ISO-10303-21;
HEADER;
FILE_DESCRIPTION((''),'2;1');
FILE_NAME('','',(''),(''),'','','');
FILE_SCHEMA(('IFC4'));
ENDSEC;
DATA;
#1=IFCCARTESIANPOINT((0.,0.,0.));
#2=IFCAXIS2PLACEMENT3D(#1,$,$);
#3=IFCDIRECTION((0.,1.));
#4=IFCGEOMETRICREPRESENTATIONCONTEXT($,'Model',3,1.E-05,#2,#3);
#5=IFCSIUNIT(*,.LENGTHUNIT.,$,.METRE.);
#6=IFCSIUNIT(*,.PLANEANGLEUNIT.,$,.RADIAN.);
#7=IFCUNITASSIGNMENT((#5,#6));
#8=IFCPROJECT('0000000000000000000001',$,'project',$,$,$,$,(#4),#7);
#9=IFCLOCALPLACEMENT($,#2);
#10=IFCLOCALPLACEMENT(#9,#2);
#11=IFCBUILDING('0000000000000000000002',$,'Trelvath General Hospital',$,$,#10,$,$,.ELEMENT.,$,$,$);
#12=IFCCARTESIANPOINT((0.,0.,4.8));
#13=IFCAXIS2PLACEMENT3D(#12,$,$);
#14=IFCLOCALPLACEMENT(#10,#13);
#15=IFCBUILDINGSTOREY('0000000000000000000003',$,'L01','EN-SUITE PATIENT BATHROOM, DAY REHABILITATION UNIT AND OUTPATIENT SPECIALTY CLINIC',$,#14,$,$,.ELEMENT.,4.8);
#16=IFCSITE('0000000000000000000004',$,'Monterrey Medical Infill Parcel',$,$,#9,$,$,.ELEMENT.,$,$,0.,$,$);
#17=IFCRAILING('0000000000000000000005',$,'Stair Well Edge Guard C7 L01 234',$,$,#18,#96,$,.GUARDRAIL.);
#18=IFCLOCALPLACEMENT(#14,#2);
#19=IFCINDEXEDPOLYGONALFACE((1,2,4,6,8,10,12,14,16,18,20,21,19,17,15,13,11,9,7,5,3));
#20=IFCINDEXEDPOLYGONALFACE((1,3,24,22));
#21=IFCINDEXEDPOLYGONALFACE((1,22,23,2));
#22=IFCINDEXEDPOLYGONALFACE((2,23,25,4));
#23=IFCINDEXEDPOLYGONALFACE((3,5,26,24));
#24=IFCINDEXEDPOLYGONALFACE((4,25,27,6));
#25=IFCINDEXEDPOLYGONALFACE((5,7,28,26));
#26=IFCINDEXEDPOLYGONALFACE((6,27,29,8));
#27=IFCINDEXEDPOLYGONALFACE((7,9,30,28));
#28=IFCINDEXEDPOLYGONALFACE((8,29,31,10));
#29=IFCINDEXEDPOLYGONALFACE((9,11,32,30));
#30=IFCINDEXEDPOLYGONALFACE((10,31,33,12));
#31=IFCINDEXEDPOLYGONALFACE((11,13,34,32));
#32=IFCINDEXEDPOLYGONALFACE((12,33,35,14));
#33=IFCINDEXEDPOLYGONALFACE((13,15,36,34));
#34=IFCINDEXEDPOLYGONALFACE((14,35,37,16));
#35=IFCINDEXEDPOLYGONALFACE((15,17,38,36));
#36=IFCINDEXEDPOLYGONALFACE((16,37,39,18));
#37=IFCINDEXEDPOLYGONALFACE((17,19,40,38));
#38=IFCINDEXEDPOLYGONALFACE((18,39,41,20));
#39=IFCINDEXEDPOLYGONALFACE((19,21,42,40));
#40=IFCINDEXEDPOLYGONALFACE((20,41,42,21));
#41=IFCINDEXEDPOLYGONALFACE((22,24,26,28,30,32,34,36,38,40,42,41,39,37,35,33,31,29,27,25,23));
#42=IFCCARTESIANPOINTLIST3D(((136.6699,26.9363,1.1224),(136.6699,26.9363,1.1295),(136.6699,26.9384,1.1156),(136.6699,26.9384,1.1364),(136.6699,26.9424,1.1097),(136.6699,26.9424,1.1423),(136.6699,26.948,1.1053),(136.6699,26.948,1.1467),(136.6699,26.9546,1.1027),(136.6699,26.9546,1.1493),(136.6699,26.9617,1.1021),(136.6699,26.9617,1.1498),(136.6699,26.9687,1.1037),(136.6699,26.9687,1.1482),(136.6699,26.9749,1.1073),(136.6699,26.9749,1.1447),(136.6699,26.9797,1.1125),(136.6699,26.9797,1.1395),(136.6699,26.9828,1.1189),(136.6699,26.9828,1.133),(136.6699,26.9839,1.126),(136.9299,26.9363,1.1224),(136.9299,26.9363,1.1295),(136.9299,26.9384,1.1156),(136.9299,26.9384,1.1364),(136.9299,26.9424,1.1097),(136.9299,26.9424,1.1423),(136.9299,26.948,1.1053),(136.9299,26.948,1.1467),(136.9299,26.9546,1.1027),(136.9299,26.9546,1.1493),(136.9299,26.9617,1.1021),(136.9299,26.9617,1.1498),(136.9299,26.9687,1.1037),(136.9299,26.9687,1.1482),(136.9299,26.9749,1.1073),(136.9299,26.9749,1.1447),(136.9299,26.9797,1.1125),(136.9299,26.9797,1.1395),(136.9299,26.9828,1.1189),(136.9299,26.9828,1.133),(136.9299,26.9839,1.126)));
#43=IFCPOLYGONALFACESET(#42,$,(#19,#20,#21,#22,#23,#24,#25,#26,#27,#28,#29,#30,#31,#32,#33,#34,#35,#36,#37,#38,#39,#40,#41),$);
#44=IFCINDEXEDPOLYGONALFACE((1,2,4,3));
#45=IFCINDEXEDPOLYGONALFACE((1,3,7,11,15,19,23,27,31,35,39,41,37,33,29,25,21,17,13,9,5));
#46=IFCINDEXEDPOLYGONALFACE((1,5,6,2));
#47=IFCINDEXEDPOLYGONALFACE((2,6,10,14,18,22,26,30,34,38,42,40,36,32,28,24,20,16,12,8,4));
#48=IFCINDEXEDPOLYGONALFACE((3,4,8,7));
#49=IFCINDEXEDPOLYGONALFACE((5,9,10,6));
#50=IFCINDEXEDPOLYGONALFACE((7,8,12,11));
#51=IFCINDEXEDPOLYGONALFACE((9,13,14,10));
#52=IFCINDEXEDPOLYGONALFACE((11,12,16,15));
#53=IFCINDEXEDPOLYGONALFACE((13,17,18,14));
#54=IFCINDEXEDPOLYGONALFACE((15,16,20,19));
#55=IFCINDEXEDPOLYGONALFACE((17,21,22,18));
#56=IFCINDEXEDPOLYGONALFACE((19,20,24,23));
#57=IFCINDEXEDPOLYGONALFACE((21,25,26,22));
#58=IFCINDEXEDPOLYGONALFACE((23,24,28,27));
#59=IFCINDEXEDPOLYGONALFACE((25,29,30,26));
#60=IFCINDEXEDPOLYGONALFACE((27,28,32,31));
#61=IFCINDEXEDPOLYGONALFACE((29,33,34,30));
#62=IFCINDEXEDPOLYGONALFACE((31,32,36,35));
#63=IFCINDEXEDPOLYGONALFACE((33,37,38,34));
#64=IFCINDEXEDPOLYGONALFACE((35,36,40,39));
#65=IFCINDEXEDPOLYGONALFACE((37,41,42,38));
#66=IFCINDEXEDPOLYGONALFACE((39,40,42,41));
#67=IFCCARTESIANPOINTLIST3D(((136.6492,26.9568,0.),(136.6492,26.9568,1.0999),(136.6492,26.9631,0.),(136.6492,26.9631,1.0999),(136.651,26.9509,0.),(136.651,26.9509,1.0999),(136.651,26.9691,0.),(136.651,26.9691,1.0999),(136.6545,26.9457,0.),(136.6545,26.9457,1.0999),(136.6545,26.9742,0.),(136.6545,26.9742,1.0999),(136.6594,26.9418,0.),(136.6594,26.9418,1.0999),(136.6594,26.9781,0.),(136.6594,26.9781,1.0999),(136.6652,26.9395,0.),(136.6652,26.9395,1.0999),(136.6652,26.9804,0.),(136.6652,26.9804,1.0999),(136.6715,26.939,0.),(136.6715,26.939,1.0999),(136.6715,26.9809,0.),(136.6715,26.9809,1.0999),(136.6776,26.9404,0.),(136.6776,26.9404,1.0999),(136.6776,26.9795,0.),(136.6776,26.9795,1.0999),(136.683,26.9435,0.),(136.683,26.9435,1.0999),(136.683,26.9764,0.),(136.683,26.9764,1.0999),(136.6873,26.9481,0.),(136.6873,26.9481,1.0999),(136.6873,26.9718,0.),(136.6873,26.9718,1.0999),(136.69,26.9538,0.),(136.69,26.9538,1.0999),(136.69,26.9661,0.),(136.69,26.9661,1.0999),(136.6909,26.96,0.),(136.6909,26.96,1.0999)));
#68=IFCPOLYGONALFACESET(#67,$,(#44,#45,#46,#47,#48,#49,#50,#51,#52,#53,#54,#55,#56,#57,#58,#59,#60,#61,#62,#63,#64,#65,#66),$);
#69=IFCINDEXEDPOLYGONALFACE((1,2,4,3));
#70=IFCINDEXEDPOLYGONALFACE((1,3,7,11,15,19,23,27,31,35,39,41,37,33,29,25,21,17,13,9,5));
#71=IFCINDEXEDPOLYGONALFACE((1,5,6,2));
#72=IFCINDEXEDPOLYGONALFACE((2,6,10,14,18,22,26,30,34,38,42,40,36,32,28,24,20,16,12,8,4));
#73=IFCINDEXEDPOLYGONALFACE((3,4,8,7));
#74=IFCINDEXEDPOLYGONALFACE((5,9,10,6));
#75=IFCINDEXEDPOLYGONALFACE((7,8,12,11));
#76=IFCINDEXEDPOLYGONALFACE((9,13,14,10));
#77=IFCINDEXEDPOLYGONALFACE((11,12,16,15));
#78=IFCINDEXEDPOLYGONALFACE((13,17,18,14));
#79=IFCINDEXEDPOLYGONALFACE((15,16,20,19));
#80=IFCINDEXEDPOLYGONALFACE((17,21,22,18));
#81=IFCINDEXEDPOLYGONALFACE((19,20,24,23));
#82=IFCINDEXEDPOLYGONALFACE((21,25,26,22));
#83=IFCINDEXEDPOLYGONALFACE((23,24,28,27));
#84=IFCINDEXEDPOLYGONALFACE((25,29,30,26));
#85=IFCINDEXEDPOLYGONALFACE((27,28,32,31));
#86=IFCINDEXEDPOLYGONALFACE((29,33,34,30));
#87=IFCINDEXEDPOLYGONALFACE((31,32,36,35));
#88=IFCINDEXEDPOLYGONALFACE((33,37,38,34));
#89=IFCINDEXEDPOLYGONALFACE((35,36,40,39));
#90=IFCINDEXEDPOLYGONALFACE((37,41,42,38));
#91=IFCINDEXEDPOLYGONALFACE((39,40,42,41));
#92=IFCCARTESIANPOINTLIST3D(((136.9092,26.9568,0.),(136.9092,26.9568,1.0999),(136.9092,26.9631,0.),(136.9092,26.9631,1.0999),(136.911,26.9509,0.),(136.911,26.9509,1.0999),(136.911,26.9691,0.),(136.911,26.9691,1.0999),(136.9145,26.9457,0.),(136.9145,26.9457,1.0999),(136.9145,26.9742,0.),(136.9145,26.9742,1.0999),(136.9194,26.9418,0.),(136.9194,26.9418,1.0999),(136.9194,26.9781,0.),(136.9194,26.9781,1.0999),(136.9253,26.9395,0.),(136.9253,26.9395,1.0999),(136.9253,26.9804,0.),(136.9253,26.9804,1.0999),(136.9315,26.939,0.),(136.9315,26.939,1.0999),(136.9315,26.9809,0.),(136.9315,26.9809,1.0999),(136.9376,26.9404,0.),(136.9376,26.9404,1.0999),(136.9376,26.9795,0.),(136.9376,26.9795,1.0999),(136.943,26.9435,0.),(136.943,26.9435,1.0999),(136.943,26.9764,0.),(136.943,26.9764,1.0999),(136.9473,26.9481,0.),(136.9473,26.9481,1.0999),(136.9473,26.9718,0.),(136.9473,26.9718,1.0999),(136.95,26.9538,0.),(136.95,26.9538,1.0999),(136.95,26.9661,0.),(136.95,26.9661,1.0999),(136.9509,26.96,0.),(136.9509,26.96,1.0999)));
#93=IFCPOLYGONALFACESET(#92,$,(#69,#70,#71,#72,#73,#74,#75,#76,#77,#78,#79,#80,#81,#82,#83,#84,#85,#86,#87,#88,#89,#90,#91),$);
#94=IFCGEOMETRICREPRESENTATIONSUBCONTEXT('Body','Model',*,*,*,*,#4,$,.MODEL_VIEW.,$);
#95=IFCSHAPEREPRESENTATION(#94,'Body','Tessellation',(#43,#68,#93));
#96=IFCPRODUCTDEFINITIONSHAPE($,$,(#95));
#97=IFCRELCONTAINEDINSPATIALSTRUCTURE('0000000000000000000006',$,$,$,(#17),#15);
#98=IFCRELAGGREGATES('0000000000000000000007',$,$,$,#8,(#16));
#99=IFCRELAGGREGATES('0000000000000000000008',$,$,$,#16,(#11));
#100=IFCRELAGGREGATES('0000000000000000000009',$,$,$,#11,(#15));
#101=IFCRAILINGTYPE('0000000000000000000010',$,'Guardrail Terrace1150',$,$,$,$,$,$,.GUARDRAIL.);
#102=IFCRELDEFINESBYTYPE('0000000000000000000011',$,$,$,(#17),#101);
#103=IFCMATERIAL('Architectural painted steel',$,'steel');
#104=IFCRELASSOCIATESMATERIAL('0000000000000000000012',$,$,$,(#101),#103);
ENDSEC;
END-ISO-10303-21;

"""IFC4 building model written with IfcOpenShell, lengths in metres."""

from ifc_helpers import new_model, si_unit, direction, frame, origin, origin_2d, place, context, subcontext, project, spatial, circle, extrude, material, type_object, element, save


model = new_model("IFC4")

# Units and contexts
model_context = context("Model", 3, precision=1e-05, world=origin(), true_north=direction((0.0, 1.0)))
body_context = subcontext(model_context, "Body", "Model", "MODEL_VIEW")
ifc_project = project(units=[si_unit("LENGTHUNIT", "METRE"), si_unit("PLANEANGLEUNIT", "RADIAN")], contexts=[model_context])

# Site, building, storey
site_placement = place(None, origin())
site = spatial("IfcSite", under=ifc_project, at=site_placement, Name="Monterrey Medical Infill Parcel", CompositionType="ELEMENT", RefElevation=0.0)
building_placement = place(site_placement, origin())
building = spatial("IfcBuilding", under=site, at=building_placement, Name="Trelvath General Hospital", CompositionType="ELEMENT")
storey_placement = place(building_placement, frame((0.0, 0.0, 4.8)))
storey = spatial("IfcBuildingStorey", under=building, at=storey_placement, Name="L01", Description="EN-SUITE PATIENT BATHROOM, DAY REHABILITATION UNIT AND OUTPATIENT SPECIALTY CLINIC", CompositionType="ELEMENT", Elevation=4.8)

# Railing
ifc_material_1 = material(Name="Architectural painted steel", Category="steel")
railing_type_1 = type_object("IfcRailingType", Name="Guardrail Terrace1150", PredefinedType="GUARDRAIL", material=ifc_material_1)
railing_1_placement = place(storey_placement, frame((136.6699, 26.96, 0.0)))
element("IfcRailing", 1, at=railing_1_placement, inside=storey, type_object=railing_type_1, Name="Stair Well Edge Guard C7 L01 234", PredefinedType="GUARDRAIL", context=body_context, shape_type="SweptSolid", body=[
    extrude(circle(Radius=0.0239, at=origin_2d()), frame((0.0, 0.0, 1.126), z_axis=(1.0, 0.0, 0.0), x_axis=(0.0, 1.0, 0.0)), (0.0, 0.0, 1.0), 0.26),
    extrude(circle(Radius=0.021, at=origin_2d()), origin(), (0.0, 0.0, 1.0), 1.0999),
    extrude(circle(Radius=0.021, at=origin_2d()), frame((0.26, 0.0, 0.0)), (0.0, 0.0, 1.0), 1.0999),
])

save(model, "model.ifc")
